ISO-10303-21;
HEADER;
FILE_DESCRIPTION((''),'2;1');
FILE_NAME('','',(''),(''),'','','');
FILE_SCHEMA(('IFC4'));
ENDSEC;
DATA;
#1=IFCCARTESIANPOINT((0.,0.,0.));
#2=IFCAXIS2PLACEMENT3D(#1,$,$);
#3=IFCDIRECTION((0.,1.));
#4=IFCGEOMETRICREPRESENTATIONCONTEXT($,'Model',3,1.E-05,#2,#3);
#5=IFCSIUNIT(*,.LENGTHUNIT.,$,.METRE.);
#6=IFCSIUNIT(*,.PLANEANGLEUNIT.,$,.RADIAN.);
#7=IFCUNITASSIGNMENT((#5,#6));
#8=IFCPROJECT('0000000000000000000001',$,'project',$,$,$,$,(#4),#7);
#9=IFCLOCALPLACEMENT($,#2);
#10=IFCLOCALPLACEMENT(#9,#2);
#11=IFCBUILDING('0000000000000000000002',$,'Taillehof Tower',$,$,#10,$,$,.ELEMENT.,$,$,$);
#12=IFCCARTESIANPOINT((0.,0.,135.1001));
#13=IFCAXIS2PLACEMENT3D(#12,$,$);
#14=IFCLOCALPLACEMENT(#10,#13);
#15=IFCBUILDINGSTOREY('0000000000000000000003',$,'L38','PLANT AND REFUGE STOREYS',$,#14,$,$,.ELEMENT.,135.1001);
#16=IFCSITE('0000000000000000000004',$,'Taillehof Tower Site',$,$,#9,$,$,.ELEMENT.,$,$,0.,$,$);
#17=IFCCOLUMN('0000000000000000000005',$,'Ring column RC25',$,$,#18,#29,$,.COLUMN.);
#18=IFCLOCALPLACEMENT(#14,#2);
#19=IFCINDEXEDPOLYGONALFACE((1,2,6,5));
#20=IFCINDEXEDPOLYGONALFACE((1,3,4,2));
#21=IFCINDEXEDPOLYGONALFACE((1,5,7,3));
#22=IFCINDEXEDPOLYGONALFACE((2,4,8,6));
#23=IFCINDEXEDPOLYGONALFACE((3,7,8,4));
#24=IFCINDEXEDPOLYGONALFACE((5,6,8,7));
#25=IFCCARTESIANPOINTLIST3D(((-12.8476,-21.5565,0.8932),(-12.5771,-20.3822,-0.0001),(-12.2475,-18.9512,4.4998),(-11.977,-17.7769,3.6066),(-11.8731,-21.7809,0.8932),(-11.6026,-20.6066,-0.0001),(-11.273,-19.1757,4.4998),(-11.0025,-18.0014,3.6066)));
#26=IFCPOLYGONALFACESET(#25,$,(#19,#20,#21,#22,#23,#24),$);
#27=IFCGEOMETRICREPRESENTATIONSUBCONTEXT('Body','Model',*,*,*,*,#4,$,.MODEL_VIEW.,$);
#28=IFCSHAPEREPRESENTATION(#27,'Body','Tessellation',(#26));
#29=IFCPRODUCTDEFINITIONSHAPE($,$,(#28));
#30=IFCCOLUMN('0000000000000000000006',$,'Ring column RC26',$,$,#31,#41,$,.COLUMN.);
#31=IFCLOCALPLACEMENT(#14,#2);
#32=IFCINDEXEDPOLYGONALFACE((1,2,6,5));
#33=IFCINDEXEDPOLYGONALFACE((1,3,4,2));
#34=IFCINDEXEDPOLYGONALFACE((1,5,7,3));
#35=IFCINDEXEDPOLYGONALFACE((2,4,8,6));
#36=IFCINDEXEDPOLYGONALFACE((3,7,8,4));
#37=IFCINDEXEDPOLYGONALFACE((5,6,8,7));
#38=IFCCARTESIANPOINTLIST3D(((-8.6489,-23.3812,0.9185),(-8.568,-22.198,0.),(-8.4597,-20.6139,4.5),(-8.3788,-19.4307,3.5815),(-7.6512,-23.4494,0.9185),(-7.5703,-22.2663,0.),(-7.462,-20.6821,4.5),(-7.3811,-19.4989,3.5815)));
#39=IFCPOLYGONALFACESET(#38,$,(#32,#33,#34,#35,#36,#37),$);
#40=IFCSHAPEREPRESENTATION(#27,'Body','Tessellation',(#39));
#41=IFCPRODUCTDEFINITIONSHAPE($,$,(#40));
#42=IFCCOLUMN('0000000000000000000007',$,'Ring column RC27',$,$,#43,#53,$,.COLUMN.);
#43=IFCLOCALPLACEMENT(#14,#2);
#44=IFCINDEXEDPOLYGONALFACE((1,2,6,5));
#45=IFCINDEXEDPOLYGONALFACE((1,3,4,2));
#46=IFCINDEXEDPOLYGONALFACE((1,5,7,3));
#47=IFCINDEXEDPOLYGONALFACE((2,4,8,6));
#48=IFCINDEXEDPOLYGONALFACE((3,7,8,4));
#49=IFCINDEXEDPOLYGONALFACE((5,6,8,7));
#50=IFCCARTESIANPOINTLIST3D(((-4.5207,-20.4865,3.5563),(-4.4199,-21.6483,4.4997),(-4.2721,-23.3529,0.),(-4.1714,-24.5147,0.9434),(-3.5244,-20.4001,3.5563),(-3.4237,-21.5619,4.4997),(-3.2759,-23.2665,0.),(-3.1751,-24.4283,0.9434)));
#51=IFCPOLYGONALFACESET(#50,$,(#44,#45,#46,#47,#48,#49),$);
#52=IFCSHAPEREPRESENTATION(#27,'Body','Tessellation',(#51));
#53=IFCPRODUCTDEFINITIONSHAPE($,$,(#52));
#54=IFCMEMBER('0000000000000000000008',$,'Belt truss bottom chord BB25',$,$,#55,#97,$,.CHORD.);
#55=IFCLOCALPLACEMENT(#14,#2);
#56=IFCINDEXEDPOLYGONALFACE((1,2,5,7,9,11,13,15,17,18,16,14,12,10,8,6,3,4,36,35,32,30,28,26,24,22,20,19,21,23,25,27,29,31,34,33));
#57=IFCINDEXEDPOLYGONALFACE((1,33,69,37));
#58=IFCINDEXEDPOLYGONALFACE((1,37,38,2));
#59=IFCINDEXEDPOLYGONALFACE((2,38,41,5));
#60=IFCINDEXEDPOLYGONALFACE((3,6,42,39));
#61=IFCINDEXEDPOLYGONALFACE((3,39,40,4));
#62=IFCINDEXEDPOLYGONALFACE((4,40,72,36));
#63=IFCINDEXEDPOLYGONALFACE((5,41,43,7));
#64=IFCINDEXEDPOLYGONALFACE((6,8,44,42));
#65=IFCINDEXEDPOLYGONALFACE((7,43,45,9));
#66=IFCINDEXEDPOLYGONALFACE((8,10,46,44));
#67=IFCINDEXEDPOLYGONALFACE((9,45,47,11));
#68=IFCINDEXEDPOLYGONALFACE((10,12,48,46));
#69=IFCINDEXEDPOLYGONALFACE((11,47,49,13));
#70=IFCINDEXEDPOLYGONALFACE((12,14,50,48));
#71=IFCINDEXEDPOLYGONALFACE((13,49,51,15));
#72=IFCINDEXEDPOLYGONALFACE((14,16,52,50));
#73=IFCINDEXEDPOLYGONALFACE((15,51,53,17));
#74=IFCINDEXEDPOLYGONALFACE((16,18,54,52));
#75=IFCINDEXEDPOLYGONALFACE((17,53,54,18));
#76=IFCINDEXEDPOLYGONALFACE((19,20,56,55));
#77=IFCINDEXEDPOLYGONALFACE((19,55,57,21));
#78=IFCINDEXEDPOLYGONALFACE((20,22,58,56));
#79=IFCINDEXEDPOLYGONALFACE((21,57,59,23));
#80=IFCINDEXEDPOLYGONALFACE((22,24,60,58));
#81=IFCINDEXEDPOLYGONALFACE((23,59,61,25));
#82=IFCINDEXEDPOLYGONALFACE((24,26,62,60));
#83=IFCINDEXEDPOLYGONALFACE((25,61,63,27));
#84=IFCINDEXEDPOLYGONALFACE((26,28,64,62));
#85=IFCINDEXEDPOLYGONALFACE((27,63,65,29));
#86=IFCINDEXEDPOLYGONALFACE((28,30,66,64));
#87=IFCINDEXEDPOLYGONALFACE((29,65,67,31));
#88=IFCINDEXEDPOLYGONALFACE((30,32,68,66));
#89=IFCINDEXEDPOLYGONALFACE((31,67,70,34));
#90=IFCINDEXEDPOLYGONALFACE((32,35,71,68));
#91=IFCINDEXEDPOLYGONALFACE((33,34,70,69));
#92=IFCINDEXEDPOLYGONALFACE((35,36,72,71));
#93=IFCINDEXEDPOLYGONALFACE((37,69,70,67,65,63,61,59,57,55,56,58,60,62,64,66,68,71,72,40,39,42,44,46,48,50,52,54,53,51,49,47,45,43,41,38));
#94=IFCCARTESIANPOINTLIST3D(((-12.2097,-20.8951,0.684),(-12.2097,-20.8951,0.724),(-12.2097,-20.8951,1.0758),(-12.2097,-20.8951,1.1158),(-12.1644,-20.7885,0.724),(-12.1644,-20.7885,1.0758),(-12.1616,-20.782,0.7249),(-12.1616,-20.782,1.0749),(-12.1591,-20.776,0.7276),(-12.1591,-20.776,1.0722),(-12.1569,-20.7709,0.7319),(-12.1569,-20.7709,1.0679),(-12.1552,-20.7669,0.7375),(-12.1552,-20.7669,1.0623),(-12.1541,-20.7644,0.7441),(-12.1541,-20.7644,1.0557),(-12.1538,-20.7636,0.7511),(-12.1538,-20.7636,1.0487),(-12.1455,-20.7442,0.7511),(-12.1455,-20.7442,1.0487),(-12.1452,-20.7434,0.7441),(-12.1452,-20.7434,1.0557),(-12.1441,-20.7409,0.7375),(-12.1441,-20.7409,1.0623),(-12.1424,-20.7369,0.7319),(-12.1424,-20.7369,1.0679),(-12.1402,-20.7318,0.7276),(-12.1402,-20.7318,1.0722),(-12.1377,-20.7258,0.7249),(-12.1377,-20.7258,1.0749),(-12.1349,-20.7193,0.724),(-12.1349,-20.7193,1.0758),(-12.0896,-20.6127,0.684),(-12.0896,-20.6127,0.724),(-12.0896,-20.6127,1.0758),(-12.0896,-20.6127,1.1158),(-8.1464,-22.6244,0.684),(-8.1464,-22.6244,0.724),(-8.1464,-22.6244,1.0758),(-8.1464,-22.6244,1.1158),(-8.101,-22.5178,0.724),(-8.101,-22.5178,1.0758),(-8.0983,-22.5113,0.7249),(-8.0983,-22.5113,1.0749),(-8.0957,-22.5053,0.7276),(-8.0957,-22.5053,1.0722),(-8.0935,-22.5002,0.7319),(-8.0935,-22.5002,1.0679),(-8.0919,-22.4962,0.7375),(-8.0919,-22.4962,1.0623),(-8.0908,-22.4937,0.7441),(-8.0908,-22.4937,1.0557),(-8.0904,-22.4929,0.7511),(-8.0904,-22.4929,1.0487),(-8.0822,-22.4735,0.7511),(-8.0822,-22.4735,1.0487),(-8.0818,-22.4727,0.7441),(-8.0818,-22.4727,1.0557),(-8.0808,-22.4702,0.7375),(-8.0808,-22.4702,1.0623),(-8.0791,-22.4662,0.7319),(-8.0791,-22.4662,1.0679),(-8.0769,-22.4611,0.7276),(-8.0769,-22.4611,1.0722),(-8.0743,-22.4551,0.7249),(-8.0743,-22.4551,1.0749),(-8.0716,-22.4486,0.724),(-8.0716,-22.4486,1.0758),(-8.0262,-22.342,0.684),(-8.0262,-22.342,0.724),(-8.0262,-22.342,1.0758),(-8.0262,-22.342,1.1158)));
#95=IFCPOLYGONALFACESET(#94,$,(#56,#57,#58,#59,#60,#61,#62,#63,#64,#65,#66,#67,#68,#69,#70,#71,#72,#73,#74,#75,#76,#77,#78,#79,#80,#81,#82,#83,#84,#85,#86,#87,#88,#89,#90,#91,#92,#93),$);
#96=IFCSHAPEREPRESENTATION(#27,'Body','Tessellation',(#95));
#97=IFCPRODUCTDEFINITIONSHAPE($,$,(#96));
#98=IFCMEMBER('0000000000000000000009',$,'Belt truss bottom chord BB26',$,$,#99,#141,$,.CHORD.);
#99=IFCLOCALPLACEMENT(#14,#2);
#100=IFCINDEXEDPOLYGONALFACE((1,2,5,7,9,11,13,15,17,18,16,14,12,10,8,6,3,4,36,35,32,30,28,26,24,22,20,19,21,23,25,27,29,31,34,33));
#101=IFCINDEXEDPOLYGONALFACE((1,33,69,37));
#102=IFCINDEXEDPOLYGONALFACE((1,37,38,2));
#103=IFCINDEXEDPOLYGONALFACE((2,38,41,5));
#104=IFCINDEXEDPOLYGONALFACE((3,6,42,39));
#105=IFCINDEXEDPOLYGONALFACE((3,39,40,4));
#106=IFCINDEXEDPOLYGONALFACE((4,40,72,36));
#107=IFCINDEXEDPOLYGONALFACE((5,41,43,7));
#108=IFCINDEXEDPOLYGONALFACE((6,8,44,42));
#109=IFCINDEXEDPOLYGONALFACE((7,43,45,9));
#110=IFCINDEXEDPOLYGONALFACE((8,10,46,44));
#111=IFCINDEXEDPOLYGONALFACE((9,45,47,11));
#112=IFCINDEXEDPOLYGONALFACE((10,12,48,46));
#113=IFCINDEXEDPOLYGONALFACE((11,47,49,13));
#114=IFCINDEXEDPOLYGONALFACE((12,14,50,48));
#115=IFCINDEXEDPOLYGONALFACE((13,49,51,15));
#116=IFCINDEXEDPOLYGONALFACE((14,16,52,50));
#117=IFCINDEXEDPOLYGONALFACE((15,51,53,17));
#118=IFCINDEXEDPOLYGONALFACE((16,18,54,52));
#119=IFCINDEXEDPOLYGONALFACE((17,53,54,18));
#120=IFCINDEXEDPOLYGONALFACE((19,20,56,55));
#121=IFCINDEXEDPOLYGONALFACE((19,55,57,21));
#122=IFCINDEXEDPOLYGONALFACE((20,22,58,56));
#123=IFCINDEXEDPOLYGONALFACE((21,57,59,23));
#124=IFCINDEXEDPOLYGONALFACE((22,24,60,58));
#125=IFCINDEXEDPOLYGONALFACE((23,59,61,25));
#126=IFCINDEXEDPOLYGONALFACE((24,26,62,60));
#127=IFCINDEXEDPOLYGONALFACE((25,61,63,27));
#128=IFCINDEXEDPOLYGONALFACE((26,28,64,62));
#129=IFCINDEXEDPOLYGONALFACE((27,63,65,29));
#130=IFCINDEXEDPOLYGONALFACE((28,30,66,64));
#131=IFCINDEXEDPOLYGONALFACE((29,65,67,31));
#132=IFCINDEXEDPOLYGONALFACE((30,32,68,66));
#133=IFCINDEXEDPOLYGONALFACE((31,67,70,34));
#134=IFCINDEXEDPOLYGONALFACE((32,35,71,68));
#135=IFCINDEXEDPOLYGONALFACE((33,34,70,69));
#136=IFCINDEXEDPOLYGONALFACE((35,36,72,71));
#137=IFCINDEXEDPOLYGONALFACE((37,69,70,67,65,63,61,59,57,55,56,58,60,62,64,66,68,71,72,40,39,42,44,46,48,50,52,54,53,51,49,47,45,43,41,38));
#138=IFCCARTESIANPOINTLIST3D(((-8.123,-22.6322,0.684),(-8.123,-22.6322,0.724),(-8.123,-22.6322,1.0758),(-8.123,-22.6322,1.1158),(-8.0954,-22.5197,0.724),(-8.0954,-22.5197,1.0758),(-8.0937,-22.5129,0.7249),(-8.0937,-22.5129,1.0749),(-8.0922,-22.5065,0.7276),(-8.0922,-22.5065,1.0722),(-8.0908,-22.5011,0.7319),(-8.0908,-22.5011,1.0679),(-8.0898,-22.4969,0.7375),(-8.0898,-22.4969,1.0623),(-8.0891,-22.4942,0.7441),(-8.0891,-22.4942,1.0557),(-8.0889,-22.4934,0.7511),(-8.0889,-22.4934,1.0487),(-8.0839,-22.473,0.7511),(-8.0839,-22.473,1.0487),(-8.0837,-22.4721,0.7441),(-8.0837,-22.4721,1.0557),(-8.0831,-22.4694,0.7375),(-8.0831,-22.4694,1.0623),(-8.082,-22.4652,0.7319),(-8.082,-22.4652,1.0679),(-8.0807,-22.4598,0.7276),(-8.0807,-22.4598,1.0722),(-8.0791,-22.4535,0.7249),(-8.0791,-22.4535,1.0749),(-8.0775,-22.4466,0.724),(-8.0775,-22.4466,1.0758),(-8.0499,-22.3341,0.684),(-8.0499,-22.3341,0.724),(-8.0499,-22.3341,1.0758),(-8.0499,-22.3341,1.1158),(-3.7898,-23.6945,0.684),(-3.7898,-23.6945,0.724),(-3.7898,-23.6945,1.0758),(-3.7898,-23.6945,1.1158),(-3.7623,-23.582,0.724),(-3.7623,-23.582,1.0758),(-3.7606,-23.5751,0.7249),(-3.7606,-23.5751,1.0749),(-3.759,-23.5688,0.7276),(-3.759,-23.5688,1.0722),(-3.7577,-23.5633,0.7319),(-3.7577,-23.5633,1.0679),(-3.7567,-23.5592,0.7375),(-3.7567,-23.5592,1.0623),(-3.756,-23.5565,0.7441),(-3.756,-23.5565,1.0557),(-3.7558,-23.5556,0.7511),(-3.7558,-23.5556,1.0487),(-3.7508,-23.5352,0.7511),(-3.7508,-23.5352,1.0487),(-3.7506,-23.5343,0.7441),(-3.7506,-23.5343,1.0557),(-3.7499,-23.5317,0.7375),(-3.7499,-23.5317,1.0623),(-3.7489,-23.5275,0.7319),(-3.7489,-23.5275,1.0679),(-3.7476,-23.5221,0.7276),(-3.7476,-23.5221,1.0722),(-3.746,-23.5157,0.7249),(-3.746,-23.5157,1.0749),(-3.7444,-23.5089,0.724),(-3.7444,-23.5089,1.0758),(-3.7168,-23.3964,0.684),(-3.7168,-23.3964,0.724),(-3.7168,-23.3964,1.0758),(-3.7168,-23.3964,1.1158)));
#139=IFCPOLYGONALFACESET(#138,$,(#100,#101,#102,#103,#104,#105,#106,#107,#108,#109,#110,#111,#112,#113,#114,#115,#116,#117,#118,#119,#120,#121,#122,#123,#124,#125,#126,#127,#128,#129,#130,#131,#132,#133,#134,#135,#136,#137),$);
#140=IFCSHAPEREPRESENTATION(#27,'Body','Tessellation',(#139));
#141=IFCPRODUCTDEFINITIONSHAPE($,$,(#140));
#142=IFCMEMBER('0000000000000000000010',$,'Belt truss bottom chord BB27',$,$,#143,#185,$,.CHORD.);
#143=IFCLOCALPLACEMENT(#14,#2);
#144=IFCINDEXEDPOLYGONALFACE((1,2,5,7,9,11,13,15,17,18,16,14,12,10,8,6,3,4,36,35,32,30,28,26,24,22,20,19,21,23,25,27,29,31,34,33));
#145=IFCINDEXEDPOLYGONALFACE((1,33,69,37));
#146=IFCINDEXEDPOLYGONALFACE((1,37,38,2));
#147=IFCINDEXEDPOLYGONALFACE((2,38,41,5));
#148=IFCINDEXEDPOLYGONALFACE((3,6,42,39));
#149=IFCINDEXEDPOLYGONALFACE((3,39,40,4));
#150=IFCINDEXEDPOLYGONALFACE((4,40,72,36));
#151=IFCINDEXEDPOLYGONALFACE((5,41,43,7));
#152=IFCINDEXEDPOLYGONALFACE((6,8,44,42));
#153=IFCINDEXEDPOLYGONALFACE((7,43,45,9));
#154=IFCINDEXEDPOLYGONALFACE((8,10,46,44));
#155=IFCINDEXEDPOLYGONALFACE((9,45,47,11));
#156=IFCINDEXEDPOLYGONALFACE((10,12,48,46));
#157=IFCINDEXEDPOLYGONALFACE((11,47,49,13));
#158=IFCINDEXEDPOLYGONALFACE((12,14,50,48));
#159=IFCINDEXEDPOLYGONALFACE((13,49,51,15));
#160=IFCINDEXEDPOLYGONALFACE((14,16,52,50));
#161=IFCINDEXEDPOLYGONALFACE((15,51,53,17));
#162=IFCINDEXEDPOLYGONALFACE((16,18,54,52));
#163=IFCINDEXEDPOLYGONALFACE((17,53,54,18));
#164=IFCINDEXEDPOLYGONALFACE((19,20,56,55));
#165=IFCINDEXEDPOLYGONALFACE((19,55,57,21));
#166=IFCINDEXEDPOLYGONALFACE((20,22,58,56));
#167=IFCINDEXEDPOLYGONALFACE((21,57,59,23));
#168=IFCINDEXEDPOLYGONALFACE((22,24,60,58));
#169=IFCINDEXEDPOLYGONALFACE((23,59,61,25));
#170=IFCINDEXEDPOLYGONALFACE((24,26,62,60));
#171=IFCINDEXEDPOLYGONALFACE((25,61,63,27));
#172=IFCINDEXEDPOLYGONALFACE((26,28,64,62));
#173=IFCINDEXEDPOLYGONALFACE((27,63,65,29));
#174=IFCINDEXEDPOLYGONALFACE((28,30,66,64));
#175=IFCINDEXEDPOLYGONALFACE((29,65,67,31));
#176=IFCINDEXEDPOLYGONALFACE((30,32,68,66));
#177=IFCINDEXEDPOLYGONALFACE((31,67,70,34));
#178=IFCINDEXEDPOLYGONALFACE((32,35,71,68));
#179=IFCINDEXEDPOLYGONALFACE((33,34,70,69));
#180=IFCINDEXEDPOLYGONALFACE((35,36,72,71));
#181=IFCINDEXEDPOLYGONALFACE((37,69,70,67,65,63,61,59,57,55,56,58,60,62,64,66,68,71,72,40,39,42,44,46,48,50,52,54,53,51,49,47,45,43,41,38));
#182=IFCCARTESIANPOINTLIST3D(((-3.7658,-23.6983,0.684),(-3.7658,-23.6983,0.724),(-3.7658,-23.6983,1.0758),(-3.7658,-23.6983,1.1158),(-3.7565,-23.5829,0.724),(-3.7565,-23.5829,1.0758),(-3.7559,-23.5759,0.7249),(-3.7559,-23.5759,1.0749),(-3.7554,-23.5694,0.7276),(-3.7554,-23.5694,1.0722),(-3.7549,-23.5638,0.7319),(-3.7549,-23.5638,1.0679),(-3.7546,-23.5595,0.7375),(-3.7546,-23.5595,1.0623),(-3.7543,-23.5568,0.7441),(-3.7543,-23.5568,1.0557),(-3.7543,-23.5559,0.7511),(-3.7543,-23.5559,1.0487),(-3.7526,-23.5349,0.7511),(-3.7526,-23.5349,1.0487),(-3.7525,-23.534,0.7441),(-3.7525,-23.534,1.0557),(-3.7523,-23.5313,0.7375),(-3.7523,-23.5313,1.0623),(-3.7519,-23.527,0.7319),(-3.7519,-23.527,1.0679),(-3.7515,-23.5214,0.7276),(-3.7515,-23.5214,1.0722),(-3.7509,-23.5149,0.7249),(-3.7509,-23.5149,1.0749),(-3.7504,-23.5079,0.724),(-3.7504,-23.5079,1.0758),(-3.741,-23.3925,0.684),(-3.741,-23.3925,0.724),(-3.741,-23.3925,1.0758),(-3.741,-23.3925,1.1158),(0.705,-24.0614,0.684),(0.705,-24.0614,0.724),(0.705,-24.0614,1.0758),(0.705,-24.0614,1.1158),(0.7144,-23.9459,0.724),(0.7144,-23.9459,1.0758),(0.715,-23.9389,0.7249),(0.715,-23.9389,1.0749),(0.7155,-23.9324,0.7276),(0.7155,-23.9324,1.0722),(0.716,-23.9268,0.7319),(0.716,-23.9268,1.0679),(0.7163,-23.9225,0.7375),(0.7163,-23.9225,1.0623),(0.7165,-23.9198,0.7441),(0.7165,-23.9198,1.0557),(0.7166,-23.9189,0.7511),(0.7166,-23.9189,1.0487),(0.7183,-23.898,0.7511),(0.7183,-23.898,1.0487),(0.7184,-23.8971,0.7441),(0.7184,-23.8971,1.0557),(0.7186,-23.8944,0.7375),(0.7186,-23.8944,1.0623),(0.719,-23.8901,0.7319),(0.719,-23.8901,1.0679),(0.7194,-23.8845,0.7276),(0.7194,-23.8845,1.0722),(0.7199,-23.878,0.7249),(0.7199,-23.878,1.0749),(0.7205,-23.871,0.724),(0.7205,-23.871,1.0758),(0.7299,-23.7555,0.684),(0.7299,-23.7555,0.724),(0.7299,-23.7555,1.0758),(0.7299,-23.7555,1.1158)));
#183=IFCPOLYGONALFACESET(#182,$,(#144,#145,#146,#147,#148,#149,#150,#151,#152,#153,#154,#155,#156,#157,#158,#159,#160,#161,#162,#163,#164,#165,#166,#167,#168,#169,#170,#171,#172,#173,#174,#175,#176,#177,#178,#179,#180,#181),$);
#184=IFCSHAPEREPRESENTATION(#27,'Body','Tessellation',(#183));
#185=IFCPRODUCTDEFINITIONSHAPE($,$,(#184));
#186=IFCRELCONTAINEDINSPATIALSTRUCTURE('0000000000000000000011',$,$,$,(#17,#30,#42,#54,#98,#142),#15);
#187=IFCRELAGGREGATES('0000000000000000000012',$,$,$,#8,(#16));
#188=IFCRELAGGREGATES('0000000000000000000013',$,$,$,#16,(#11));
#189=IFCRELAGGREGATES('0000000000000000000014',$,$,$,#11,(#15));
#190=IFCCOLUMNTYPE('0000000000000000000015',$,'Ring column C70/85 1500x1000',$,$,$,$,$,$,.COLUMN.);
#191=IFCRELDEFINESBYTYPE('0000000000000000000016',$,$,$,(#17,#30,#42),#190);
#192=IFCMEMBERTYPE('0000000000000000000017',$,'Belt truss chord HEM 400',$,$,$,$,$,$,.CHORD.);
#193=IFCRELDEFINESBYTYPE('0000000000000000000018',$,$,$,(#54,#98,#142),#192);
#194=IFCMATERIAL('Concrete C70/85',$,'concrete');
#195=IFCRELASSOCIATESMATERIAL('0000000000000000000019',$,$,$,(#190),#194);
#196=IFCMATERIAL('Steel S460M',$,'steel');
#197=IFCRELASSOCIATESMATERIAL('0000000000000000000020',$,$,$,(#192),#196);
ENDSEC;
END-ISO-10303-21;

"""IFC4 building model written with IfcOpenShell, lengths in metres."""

from ifc_helpers import new_model, si_unit, direction, frame, origin, origin_2d, place, context, subcontext, project, spatial, rectangle, i_section, extrude, material, material_profile, profile_set, type_object, element, save


model = new_model("IFC4")

# Units and contexts
model_context = context("Model", 3, precision=1e-05, world=origin(), true_north=direction((0.0, 1.0)))
body_context = subcontext(model_context, "Body", "Model", "MODEL_VIEW")
ifc_project = project(units=[si_unit("LENGTHUNIT", "METRE"), si_unit("PLANEANGLEUNIT", "RADIAN")], contexts=[model_context])

# Site, building, storey
site_placement = place(None, origin())
site = spatial("IfcSite", under=ifc_project, at=site_placement, Name="Taillehof Tower Site", CompositionType="ELEMENT", RefElevation=0.0)
building_placement = place(site_placement, origin())
building = spatial("IfcBuilding", under=site, at=building_placement, Name="Taillehof Tower", CompositionType="ELEMENT")
storey_placement = place(building_placement, frame((0.0, 0.0, 135.1001)))
storey = spatial("IfcBuildingStorey", under=building, at=storey_placement, Name="L38", Description="PLANT AND REFUGE STOREYS", CompositionType="ELEMENT", Elevation=135.1001)

# Columns
ifc_material_1 = material(Name="Concrete C70/85", Category="concrete")
ifc_material_profile_1 = material_profile(ifc_material_1, rectangle(XDim=1.5, YDim=1.0, at=origin_2d()), Name="RC 1500x1000")
ifc_profile_set_1 = profile_set([ifc_material_profile_1], Name="Concrete C70/85")
column_type = type_object("IfcColumnType", Name="Ring column C70/85 1500x1000", PredefinedType="COLUMN", material=ifc_profile_set_1)
column_1_placement = place(storey_placement, frame((-12.2251, -21.0815, 0.4465), z_axis=(0.133667, 0.580294, 0.803363), x_axis=(-0.180328, -0.782863, 0.59549)))
element("IfcColumn", 1, at=column_1_placement, inside=storey, type_object=column_type, Name="Ring column RC25", PredefinedType="COLUMN", context=body_context, shape_type="SweptSolid", body=[
    extrude(rectangle(XDim=1.5, YDim=1.0, at=origin_2d()), origin(), (0.0, 0.0, 1.0), 4.4895),
])
column_2_placement = place(storey_placement, frame((-8.1096, -22.8237, 0.4592), z_axis=(0.041767, 0.610883, 0.790618), x_axis=(-0.05393, -0.788777, 0.612309)))
element("IfcColumn", 2, at=column_2_placement, inside=storey, type_object=column_type, Name="Ring column RC26", PredefinedType="COLUMN", context=body_context, shape_type="SweptSolid", body=[
    extrude(rectangle(XDim=1.5, YDim=1.0, at=origin_2d()), origin(), (0.0, 0.0, 1.0), 4.53),
])
column_3_placement = place(storey_placement, frame((-3.7236, -23.8906, 0.4717), z_axis=(-0.05433, 0.626612, 0.777435), x_axis=(0.067155, -0.774529, 0.628963)))
element("IfcColumn", 3, at=column_3_placement, inside=storey, type_object=column_type, Name="Ring column RC27", PredefinedType="COLUMN", context=body_context, shape_type="SweptSolid", body=[
    extrude(rectangle(XDim=1.5, YDim=1.0, at=origin_2d()), origin(), (0.0, 0.0, 1.0), 4.5745),
])

# Members
ifc_material_2 = material(Name="Steel S460M", Category="steel")
ifc_material_profile_2 = material_profile(ifc_material_2, i_section(OverallWidth=0.3069, OverallDepth=0.4319, WebThickness=0.021, FlangeThickness=0.04, FilletRadius=0.0271, at=origin_2d()), Name="HEM 400")
ifc_profile_set_2 = profile_set([ifc_material_profile_2], Name="Steel S460M")
member_type_1 = type_object("IfcMemberType", Name="Belt truss chord HEM 400", PredefinedType="CHORD", material=ifc_profile_set_2)
member_1_placement = place(storey_placement, frame((-12.1497, -20.7539, 0.8999), z_axis=(0.920137, -0.391596, 0.0), x_axis=(0.391596, 0.920137, 0.0)))
element("IfcMember", 4, at=member_1_placement, inside=storey, type_object=member_type_1, Name="Belt truss bottom chord BB25", PredefinedType="CHORD", context=body_context, shape_type="SweptSolid", body=[
    extrude(i_section(OverallWidth=0.3069, OverallDepth=0.4319, WebThickness=0.021, FlangeThickness=0.04, FilletRadius=0.0271, at=origin_2d()), origin(), (0.0, 0.0, 1.0), 4.416),
])
member_2_placement = place(storey_placement, frame((-8.0864, -22.4832, 0.8999), z_axis=(0.97124, -0.238104, 0.0), x_axis=(0.238104, 0.97124, 0.0)))
element("IfcMember", 5, at=member_2_placement, inside=storey, type_object=member_type_1, Name="Belt truss bottom chord BB26", PredefinedType="CHORD", context=body_context, shape_type="SweptSolid", body=[
    extrude(i_section(OverallWidth=0.3069, OverallDepth=0.4319, WebThickness=0.021, FlangeThickness=0.04, FilletRadius=0.0271, at=origin_2d()), origin(), (0.0, 0.0, 1.0), 4.4614),
])
member_3_placement = place(storey_placement, frame((-3.7534, -23.5454, 0.8999), z_axis=(0.99672, -0.080933, 0.0), x_axis=(0.080933, 0.99672, 0.0)))
element("IfcMember", 6, at=member_3_placement, inside=storey, type_object=member_type_1, Name="Belt truss bottom chord BB27", PredefinedType="CHORD", context=body_context, shape_type="SweptSolid", body=[
    extrude(i_section(OverallWidth=0.3069, OverallDepth=0.4319, WebThickness=0.021, FlangeThickness=0.04, FilletRadius=0.0271, at=origin_2d()), origin(), (0.0, 0.0, 1.0), 4.4856),
])

save(model, "model.ifc")
